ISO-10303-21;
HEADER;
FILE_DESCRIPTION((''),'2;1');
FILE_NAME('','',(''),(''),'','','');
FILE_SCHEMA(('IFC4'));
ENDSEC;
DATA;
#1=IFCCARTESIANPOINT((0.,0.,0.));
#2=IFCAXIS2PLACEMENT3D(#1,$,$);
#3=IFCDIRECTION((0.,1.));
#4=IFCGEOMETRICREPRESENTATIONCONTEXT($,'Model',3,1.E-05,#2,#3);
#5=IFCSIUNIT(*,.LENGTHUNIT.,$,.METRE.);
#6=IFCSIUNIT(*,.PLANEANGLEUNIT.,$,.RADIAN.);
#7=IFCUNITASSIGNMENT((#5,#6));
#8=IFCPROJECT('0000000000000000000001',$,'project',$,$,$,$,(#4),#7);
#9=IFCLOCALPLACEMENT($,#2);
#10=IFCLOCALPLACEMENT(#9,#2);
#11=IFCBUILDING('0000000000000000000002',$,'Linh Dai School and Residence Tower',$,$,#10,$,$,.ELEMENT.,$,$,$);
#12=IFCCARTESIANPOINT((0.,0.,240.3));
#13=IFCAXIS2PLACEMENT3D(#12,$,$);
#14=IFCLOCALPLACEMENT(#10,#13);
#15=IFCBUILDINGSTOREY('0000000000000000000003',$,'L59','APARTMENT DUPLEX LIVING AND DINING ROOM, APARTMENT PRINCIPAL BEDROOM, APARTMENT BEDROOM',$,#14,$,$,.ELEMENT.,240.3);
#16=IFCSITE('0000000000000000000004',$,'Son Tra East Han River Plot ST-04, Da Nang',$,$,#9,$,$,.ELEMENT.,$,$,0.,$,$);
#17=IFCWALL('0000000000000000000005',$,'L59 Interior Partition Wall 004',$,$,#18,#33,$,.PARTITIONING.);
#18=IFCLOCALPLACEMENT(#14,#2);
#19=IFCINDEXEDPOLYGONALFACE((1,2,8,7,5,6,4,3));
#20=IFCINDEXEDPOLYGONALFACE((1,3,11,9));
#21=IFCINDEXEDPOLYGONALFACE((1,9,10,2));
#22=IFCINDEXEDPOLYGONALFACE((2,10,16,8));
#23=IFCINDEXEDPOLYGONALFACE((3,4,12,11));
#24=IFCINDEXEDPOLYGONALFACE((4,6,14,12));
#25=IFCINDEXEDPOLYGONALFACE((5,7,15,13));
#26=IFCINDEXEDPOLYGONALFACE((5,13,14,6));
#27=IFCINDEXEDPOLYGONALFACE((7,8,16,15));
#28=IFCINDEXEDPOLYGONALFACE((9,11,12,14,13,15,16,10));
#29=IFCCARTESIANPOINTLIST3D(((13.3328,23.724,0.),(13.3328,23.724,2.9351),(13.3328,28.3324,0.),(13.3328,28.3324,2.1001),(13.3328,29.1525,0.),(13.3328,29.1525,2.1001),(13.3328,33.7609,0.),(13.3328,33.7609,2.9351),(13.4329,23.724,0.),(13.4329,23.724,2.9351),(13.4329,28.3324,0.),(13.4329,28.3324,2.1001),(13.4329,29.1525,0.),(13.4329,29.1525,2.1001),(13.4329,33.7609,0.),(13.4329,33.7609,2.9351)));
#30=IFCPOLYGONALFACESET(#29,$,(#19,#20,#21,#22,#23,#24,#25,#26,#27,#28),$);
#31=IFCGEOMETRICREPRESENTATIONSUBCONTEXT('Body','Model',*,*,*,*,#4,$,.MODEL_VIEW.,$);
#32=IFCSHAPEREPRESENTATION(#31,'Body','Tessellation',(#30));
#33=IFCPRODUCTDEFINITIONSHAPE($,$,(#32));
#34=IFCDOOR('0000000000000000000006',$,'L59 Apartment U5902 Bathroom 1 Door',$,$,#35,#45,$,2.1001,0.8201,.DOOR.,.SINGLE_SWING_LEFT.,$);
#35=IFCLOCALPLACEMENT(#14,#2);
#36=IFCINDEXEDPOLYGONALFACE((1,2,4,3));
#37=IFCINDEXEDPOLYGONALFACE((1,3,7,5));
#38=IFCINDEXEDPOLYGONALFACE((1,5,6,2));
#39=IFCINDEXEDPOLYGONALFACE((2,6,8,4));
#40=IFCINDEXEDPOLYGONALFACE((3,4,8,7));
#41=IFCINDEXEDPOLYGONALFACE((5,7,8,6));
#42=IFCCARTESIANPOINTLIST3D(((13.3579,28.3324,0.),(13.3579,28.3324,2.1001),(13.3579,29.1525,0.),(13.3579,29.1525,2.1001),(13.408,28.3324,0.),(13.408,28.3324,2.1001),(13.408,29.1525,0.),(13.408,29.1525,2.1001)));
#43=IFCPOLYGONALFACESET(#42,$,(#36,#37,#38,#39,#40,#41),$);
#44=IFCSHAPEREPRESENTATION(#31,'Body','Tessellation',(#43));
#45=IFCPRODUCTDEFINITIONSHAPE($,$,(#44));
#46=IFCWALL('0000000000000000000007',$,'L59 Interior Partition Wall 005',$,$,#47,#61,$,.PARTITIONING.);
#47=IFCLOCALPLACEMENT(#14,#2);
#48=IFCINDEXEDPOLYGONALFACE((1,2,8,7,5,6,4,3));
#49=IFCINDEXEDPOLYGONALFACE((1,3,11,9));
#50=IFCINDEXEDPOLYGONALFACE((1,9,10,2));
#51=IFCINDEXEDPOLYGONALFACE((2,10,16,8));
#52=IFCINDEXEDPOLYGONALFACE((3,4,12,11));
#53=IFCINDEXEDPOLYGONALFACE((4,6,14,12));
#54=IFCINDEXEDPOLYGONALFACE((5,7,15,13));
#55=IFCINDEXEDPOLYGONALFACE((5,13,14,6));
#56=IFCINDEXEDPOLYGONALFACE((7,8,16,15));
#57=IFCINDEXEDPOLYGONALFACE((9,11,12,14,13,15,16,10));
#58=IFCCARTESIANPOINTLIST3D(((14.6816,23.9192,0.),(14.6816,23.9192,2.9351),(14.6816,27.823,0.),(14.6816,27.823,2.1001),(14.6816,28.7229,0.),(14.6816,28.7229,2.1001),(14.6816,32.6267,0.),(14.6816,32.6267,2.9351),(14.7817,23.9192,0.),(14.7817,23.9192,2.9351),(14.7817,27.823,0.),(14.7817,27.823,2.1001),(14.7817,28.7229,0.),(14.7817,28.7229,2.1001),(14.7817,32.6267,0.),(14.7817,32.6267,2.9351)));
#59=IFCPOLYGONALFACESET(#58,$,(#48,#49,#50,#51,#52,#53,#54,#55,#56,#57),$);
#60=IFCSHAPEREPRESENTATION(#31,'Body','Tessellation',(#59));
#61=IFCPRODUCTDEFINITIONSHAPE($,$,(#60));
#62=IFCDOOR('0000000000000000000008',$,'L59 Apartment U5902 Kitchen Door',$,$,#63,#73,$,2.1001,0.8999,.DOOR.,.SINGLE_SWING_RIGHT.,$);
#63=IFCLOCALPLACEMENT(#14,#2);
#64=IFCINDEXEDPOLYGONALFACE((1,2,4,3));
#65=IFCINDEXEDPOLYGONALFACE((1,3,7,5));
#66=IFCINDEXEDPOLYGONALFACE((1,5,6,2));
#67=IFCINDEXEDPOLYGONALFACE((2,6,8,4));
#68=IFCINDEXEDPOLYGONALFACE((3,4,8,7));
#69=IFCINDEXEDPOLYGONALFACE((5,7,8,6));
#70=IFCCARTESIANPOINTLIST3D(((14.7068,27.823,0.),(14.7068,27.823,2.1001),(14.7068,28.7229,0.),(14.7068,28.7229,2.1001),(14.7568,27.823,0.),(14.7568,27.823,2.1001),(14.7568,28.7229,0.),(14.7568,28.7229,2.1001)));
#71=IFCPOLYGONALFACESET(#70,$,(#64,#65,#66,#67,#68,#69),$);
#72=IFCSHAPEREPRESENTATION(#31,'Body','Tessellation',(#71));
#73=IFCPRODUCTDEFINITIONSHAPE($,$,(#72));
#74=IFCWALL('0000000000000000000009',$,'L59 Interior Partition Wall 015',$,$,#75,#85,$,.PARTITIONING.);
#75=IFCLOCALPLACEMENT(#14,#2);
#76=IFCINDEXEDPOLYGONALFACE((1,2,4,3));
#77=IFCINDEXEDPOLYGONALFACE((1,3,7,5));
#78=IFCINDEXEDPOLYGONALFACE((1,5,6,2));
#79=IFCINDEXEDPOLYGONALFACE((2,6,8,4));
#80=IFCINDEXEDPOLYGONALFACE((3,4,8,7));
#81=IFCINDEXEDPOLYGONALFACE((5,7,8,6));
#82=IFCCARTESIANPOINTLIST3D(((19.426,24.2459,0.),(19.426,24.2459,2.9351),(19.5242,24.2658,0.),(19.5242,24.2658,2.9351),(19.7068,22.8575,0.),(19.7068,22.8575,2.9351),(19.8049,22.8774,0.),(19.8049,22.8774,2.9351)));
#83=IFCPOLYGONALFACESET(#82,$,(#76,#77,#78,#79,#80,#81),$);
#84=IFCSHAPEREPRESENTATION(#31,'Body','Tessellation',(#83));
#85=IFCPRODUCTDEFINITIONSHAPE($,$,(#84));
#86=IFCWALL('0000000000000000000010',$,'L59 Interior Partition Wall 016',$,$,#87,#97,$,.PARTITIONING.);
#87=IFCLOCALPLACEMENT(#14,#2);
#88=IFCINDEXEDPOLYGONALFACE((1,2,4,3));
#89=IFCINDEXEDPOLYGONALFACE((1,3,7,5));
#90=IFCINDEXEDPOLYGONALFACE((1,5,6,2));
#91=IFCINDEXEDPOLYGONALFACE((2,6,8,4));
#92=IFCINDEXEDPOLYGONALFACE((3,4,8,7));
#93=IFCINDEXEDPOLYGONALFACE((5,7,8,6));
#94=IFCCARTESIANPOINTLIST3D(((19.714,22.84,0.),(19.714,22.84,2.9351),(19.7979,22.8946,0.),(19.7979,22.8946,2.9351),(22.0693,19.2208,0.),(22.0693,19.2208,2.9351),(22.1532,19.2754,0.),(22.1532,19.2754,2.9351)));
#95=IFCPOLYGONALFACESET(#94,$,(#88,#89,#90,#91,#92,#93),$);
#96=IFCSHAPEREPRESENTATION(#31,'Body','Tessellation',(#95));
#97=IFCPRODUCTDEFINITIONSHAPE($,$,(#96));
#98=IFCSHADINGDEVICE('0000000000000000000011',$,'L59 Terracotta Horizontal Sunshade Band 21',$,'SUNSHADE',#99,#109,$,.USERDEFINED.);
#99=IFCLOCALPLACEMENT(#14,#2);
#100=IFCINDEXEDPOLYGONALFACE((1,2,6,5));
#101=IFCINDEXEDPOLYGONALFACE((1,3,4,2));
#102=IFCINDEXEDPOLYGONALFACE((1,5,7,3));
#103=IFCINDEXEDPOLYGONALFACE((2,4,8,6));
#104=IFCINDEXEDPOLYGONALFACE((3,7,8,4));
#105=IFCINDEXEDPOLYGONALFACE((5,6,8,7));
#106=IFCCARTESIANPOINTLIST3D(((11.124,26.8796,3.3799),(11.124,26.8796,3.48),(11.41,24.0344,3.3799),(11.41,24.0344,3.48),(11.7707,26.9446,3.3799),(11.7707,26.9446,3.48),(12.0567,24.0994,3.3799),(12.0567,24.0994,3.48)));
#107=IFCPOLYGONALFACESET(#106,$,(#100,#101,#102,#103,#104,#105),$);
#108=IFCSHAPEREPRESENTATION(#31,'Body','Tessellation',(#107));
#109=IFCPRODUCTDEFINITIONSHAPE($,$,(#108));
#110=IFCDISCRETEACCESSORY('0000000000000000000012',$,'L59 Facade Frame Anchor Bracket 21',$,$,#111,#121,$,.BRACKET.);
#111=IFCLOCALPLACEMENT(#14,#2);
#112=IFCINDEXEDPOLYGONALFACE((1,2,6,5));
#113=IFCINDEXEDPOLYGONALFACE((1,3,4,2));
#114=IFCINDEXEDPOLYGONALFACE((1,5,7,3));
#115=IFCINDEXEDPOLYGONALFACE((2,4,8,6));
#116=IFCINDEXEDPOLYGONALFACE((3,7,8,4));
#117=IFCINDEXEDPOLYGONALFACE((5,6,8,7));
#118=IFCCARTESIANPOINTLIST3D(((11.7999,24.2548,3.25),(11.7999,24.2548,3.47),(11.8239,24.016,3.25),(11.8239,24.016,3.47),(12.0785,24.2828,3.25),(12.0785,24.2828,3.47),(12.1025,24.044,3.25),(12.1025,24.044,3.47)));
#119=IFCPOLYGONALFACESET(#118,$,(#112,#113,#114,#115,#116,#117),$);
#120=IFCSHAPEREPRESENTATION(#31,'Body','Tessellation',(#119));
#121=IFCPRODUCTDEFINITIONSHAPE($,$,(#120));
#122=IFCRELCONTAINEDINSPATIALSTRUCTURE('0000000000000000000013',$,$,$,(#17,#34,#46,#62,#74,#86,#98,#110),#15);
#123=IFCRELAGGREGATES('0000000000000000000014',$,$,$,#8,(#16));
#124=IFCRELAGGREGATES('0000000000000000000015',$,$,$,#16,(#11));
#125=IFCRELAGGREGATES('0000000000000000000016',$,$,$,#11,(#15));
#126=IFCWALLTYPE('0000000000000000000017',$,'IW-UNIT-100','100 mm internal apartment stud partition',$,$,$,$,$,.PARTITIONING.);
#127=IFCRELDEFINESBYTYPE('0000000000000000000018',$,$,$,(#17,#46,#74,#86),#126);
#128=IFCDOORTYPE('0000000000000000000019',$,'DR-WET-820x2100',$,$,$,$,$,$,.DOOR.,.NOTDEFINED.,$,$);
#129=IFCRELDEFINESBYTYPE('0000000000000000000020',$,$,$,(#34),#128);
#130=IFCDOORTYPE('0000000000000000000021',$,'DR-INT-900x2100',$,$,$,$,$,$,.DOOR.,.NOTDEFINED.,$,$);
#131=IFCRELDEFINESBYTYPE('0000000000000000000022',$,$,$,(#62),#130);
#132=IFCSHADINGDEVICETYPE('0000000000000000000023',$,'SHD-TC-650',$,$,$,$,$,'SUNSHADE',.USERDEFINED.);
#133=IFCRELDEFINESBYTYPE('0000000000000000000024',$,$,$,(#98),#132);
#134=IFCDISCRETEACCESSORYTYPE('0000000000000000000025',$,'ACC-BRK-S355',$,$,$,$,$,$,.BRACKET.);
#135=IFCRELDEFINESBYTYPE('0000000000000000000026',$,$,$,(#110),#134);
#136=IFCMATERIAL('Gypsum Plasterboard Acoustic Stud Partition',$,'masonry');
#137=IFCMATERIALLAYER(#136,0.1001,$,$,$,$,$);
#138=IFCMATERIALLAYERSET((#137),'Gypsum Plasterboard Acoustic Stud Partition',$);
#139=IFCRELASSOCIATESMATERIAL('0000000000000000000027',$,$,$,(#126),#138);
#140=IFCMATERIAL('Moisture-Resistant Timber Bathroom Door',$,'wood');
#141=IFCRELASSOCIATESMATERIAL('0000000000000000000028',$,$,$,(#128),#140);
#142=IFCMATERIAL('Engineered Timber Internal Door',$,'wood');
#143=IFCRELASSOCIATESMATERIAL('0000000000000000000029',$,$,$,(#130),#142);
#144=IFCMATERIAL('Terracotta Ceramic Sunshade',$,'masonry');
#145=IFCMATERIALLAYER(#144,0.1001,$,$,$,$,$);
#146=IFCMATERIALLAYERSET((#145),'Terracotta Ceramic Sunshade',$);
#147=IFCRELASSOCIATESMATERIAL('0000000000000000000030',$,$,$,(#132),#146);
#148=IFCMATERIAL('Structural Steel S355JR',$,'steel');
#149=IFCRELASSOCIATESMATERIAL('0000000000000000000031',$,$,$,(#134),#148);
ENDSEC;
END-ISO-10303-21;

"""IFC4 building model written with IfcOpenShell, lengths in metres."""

from ifc_helpers import new_model, si_unit, direction, frame, frame_2d, origin, origin_2d, place, context, subcontext, project, spatial, rectangle, extrude, source, transform, mapped, material, layer, layer_set, type_object, element, fill, save


model = new_model("IFC4")

# Units and contexts
model_context = context("Model", 3, precision=1e-05, world=origin(), true_north=direction((0.0, 1.0)))
body_context = subcontext(model_context, "Body", "Model", "MODEL_VIEW")
ifc_project = project(units=[si_unit("LENGTHUNIT", "METRE"), si_unit("PLANEANGLEUNIT", "RADIAN")], contexts=[model_context])

# Site, building, storey
site_placement = place(None, origin())
site = spatial("IfcSite", under=ifc_project, at=site_placement, Name="Son Tra East Han River Plot ST-04, Da Nang", CompositionType="ELEMENT", RefElevation=0.0)
building_placement = place(site_placement, origin())
building = spatial("IfcBuilding", under=site, at=building_placement, Name="Linh Dai School and Residence Tower", CompositionType="ELEMENT")
storey_placement = place(building_placement, frame((0.0, 0.0, 240.3)))
storey = spatial("IfcBuildingStorey", under=building, at=storey_placement, Name="L59", Description="APARTMENT DUPLEX LIVING AND DINING ROOM, APARTMENT PRINCIPAL BEDROOM, APARTMENT BEDROOM", CompositionType="ELEMENT", Elevation=240.3)

# Shared definitions
ifc_material_1 = material(Name="Structural Steel S355JR", Category="steel")

# Walls, openings, doors
ifc_material_2 = material(Name="Gypsum Plasterboard Acoustic Stud Partition", Category="masonry")
ifc_layer_1 = layer(ifc_material_2, 0.1001)
ifc_layer_set_1 = layer_set([ifc_layer_1], Name="Gypsum Plasterboard Acoustic Stud Partition")
wall_type_1 = type_object("IfcWallType", Name="IW-UNIT-100", Description="100 mm internal apartment stud partition", PredefinedType="PARTITIONING", material=ifc_layer_set_1)
wall_1_placement = place(storey_placement, frame((13.3828, 23.7239, 0.0), z_axis=(0.0, 0.0, 1.0), x_axis=(0.0, 1.0, 0.0)))
wall_1 = element("IfcWall", 1, at=wall_1_placement, inside=storey, type_object=wall_type_1, Name="L59 Interior Partition Wall 004", PredefinedType="PARTITIONING", context=body_context, shape_type="SweptSolid", body=[
    extrude(rectangle(XDim=10.0369, YDim=0.1001, at=frame_2d((5.0186, 0.0))), origin(), (0.0, 0.0, 1.0), 2.9351),
])
opening_1_placement = place(wall_1_placement, frame((4.6084, 0.0, 0.0)))
opening_1 = element("IfcOpeningElement", 2, at=opening_1_placement, cuts=wall_1, PredefinedType="OPENING", context=body_context, shape_type="SweptSolid", body=[
    extrude(rectangle(XDim=0.8201, YDim=2.1001, at=origin_2d()), frame((0.4102, 0.0601, 1.05), z_axis=(0.0, -1.0, 0.0), x_axis=(1.0, 0.0, 0.0)), (0.0, 0.0, 1.0), 0.1201),
])
ifc_material_3 = material(Name="Moisture-Resistant Timber Bathroom Door", Category="wood")
door_type_1 = type_object("IfcDoorType", Name="DR-WET-820x2100", OperationType="NOTDEFINED", PredefinedType="DOOR", material=ifc_material_3)
shared_shape_1 = source(origin(), body_context, "Body", "SweptSolid", [
    extrude(rectangle(XDim=0.8201, YDim=2.1001, at=origin_2d()), frame((0.4102, 0.0249, 1.05), z_axis=(0.0, -1.0, 0.0), x_axis=(1.0, 0.0, 0.0)), (0.0, 0.0, 1.0), 0.05),
])
door_1_placement = place(opening_1_placement, origin())
door_1 = element("IfcDoor", 3, at=door_1_placement, inside=storey, type_object=door_type_1, Name="L59 Apartment U5902 Bathroom 1 Door", OperationType="SINGLE_SWING_LEFT", OverallHeight=2.1001, OverallWidth=0.8201, PredefinedType="DOOR", context=body_context, shape_type="MappedRepresentation", body=[
    mapped(shared_shape_1, transform((0.0, 0.0, 0.0), x_axis=(1.0, 0.0, 0.0), y_axis=(0.0, 1.0, 0.0), z_axis=(0.0, 0.0, 1.0), scale=1.0)),
])
fill(opening_1, door_1)
wall_2_placement = place(storey_placement, frame((14.7317, 23.9192, 0.0), z_axis=(0.0, 0.0, 1.0), x_axis=(0.0, 1.0, 0.0)))
wall_2 = element("IfcWall", 4, at=wall_2_placement, inside=storey, type_object=wall_type_1, Name="L59 Interior Partition Wall 005", PredefinedType="PARTITIONING", context=body_context, shape_type="SweptSolid", body=[
    extrude(rectangle(XDim=8.7075, YDim=0.1001, at=frame_2d((4.3538, 0.0))), origin(), (0.0, 0.0, 1.0), 2.9351),
])
opening_2_placement = place(wall_2_placement, frame((3.9038, 0.0, 0.0)))
opening_2 = element("IfcOpeningElement", 5, at=opening_2_placement, cuts=wall_2, PredefinedType="OPENING", context=body_context, shape_type="SweptSolid", body=[
    extrude(rectangle(XDim=0.8999, YDim=2.1001, at=origin_2d()), frame((0.45, 0.0601, 1.05), z_axis=(0.0, -1.0, 0.0), x_axis=(1.0, 0.0, 0.0)), (0.0, 0.0, 1.0), 0.1201),
])
ifc_material_4 = material(Name="Engineered Timber Internal Door", Category="wood")
door_type_2 = type_object("IfcDoorType", Name="DR-INT-900x2100", OperationType="NOTDEFINED", PredefinedType="DOOR", material=ifc_material_4)
shared_shape_2 = source(origin(), body_context, "Body", "SweptSolid", [
    extrude(rectangle(XDim=0.8999, YDim=2.1001, at=origin_2d()), frame((0.45, 0.0249, 1.05), z_axis=(0.0, -1.0, 0.0), x_axis=(1.0, 0.0, 0.0)), (0.0, 0.0, 1.0), 0.05),
])
door_2_placement = place(opening_2_placement, origin())
door_2 = element("IfcDoor", 6, at=door_2_placement, inside=storey, type_object=door_type_2, Name="L59 Apartment U5902 Kitchen Door", OperationType="SINGLE_SWING_RIGHT", OverallHeight=2.1001, OverallWidth=0.8999, PredefinedType="DOOR", context=body_context, shape_type="MappedRepresentation", body=[
    mapped(shared_shape_2, transform((0.0, 0.0, 0.0), x_axis=(1.0, 0.0, 0.0), y_axis=(0.0, 1.0, 0.0), z_axis=(0.0, 0.0, 1.0), scale=1.0)),
])
fill(opening_2, door_2)

# Walls
wall_3_placement = place(storey_placement, frame((19.4751, 24.2559, 0.0), z_axis=(0.0, 0.0, 1.0), x_axis=(0.198204, -0.980161, 0.0)))
element("IfcWall", 7, at=wall_3_placement, inside=storey, type_object=wall_type_1, Name="L59 Interior Partition Wall 015", PredefinedType="PARTITIONING", context=body_context, shape_type="SweptSolid", body=[
    extrude(rectangle(XDim=1.4165, YDim=0.1001, at=frame_2d((0.7083, 0.0))), origin(), (0.0, 0.0, 1.0), 2.9351),
])
wall_4_placement = place(storey_placement, frame((19.7559, 22.8674, 0.0), z_axis=(0.0, 0.0, 1.0), x_axis=(0.545441, -0.838149, 0.0)))
element("IfcWall", 8, at=wall_4_placement, inside=storey, type_object=wall_type_1, Name="L59 Interior Partition Wall 016", PredefinedType="PARTITIONING", context=body_context, shape_type="SweptSolid", body=[
    extrude(rectangle(XDim=4.3181, YDim=0.1001, at=frame_2d((2.1592, 0.0))), origin(), (0.0, 0.0, 1.0), 2.9351),
])

# Shading device
ifc_material_5 = material(Name="Terracotta Ceramic Sunshade", Category="masonry")
ifc_layer_2 = layer(ifc_material_5, 0.1001)
ifc_layer_set_2 = layer_set([ifc_layer_2], Name="Terracotta Ceramic Sunshade")
shading_device_type = type_object("IfcShadingDeviceType", Name="SHD-TC-650", ElementType="SUNSHADE", PredefinedType="USERDEFINED", material=ifc_layer_set_2)
shared_shape_3 = source(origin(), body_context, "Body", "SweptSolid", [
    extrude(rectangle(XDim=2.8596, YDim=0.6499, at=origin_2d()), origin(), (0.0, 0.0, 1.0), 0.1001),
])
shading_device_placement = place(storey_placement, frame((11.5903, 25.4895, 3.3799), z_axis=(0.0, 0.0, 1.0), x_axis=(-0.100012, 0.994986, 0.0)))
element("IfcShadingDevice", 9, at=shading_device_placement, inside=storey, type_object=shading_device_type, Name="L59 Terracotta Horizontal Sunshade Band 21", ObjectType="SUNSHADE", PredefinedType="USERDEFINED", context=body_context, shape_type="MappedRepresentation", body=[
    mapped(shared_shape_3, transform((0.0, 0.0, 0.0), x_axis=(1.0, 0.0, 0.0), y_axis=(0.0, 1.0, 0.0), z_axis=(0.0, 0.0, 1.0), scale=1.0)),
])

# Discrete accessory
discrete_accessory_type = type_object("IfcDiscreteAccessoryType", Name="ACC-BRK-S355", PredefinedType="BRACKET", material=ifc_material_1)
shared_shape_4 = source(origin(), body_context, "Body", "SweptSolid", [
    extrude(rectangle(XDim=0.28, YDim=0.24, at=origin_2d()), origin(), (0.0, 0.0, 1.0), 0.22),
])
discrete_accessory_placement = place(storey_placement, frame((11.9512, 24.1494, 3.25), z_axis=(0.0, 0.0, 1.0), x_axis=(-0.994986, -0.100012, 0.0)))
element("IfcDiscreteAccessory", 10, at=discrete_accessory_placement, inside=storey, type_object=discrete_accessory_type, Name="L59 Facade Frame Anchor Bracket 21", PredefinedType="BRACKET", context=body_context, shape_type="MappedRepresentation", body=[
    mapped(shared_shape_4, transform((0.0, 0.0, 0.0), x_axis=(1.0, 0.0, 0.0), y_axis=(0.0, 1.0, 0.0), z_axis=(0.0, 0.0, 1.0), scale=1.0)),
])

save(model, "model.ifc")
